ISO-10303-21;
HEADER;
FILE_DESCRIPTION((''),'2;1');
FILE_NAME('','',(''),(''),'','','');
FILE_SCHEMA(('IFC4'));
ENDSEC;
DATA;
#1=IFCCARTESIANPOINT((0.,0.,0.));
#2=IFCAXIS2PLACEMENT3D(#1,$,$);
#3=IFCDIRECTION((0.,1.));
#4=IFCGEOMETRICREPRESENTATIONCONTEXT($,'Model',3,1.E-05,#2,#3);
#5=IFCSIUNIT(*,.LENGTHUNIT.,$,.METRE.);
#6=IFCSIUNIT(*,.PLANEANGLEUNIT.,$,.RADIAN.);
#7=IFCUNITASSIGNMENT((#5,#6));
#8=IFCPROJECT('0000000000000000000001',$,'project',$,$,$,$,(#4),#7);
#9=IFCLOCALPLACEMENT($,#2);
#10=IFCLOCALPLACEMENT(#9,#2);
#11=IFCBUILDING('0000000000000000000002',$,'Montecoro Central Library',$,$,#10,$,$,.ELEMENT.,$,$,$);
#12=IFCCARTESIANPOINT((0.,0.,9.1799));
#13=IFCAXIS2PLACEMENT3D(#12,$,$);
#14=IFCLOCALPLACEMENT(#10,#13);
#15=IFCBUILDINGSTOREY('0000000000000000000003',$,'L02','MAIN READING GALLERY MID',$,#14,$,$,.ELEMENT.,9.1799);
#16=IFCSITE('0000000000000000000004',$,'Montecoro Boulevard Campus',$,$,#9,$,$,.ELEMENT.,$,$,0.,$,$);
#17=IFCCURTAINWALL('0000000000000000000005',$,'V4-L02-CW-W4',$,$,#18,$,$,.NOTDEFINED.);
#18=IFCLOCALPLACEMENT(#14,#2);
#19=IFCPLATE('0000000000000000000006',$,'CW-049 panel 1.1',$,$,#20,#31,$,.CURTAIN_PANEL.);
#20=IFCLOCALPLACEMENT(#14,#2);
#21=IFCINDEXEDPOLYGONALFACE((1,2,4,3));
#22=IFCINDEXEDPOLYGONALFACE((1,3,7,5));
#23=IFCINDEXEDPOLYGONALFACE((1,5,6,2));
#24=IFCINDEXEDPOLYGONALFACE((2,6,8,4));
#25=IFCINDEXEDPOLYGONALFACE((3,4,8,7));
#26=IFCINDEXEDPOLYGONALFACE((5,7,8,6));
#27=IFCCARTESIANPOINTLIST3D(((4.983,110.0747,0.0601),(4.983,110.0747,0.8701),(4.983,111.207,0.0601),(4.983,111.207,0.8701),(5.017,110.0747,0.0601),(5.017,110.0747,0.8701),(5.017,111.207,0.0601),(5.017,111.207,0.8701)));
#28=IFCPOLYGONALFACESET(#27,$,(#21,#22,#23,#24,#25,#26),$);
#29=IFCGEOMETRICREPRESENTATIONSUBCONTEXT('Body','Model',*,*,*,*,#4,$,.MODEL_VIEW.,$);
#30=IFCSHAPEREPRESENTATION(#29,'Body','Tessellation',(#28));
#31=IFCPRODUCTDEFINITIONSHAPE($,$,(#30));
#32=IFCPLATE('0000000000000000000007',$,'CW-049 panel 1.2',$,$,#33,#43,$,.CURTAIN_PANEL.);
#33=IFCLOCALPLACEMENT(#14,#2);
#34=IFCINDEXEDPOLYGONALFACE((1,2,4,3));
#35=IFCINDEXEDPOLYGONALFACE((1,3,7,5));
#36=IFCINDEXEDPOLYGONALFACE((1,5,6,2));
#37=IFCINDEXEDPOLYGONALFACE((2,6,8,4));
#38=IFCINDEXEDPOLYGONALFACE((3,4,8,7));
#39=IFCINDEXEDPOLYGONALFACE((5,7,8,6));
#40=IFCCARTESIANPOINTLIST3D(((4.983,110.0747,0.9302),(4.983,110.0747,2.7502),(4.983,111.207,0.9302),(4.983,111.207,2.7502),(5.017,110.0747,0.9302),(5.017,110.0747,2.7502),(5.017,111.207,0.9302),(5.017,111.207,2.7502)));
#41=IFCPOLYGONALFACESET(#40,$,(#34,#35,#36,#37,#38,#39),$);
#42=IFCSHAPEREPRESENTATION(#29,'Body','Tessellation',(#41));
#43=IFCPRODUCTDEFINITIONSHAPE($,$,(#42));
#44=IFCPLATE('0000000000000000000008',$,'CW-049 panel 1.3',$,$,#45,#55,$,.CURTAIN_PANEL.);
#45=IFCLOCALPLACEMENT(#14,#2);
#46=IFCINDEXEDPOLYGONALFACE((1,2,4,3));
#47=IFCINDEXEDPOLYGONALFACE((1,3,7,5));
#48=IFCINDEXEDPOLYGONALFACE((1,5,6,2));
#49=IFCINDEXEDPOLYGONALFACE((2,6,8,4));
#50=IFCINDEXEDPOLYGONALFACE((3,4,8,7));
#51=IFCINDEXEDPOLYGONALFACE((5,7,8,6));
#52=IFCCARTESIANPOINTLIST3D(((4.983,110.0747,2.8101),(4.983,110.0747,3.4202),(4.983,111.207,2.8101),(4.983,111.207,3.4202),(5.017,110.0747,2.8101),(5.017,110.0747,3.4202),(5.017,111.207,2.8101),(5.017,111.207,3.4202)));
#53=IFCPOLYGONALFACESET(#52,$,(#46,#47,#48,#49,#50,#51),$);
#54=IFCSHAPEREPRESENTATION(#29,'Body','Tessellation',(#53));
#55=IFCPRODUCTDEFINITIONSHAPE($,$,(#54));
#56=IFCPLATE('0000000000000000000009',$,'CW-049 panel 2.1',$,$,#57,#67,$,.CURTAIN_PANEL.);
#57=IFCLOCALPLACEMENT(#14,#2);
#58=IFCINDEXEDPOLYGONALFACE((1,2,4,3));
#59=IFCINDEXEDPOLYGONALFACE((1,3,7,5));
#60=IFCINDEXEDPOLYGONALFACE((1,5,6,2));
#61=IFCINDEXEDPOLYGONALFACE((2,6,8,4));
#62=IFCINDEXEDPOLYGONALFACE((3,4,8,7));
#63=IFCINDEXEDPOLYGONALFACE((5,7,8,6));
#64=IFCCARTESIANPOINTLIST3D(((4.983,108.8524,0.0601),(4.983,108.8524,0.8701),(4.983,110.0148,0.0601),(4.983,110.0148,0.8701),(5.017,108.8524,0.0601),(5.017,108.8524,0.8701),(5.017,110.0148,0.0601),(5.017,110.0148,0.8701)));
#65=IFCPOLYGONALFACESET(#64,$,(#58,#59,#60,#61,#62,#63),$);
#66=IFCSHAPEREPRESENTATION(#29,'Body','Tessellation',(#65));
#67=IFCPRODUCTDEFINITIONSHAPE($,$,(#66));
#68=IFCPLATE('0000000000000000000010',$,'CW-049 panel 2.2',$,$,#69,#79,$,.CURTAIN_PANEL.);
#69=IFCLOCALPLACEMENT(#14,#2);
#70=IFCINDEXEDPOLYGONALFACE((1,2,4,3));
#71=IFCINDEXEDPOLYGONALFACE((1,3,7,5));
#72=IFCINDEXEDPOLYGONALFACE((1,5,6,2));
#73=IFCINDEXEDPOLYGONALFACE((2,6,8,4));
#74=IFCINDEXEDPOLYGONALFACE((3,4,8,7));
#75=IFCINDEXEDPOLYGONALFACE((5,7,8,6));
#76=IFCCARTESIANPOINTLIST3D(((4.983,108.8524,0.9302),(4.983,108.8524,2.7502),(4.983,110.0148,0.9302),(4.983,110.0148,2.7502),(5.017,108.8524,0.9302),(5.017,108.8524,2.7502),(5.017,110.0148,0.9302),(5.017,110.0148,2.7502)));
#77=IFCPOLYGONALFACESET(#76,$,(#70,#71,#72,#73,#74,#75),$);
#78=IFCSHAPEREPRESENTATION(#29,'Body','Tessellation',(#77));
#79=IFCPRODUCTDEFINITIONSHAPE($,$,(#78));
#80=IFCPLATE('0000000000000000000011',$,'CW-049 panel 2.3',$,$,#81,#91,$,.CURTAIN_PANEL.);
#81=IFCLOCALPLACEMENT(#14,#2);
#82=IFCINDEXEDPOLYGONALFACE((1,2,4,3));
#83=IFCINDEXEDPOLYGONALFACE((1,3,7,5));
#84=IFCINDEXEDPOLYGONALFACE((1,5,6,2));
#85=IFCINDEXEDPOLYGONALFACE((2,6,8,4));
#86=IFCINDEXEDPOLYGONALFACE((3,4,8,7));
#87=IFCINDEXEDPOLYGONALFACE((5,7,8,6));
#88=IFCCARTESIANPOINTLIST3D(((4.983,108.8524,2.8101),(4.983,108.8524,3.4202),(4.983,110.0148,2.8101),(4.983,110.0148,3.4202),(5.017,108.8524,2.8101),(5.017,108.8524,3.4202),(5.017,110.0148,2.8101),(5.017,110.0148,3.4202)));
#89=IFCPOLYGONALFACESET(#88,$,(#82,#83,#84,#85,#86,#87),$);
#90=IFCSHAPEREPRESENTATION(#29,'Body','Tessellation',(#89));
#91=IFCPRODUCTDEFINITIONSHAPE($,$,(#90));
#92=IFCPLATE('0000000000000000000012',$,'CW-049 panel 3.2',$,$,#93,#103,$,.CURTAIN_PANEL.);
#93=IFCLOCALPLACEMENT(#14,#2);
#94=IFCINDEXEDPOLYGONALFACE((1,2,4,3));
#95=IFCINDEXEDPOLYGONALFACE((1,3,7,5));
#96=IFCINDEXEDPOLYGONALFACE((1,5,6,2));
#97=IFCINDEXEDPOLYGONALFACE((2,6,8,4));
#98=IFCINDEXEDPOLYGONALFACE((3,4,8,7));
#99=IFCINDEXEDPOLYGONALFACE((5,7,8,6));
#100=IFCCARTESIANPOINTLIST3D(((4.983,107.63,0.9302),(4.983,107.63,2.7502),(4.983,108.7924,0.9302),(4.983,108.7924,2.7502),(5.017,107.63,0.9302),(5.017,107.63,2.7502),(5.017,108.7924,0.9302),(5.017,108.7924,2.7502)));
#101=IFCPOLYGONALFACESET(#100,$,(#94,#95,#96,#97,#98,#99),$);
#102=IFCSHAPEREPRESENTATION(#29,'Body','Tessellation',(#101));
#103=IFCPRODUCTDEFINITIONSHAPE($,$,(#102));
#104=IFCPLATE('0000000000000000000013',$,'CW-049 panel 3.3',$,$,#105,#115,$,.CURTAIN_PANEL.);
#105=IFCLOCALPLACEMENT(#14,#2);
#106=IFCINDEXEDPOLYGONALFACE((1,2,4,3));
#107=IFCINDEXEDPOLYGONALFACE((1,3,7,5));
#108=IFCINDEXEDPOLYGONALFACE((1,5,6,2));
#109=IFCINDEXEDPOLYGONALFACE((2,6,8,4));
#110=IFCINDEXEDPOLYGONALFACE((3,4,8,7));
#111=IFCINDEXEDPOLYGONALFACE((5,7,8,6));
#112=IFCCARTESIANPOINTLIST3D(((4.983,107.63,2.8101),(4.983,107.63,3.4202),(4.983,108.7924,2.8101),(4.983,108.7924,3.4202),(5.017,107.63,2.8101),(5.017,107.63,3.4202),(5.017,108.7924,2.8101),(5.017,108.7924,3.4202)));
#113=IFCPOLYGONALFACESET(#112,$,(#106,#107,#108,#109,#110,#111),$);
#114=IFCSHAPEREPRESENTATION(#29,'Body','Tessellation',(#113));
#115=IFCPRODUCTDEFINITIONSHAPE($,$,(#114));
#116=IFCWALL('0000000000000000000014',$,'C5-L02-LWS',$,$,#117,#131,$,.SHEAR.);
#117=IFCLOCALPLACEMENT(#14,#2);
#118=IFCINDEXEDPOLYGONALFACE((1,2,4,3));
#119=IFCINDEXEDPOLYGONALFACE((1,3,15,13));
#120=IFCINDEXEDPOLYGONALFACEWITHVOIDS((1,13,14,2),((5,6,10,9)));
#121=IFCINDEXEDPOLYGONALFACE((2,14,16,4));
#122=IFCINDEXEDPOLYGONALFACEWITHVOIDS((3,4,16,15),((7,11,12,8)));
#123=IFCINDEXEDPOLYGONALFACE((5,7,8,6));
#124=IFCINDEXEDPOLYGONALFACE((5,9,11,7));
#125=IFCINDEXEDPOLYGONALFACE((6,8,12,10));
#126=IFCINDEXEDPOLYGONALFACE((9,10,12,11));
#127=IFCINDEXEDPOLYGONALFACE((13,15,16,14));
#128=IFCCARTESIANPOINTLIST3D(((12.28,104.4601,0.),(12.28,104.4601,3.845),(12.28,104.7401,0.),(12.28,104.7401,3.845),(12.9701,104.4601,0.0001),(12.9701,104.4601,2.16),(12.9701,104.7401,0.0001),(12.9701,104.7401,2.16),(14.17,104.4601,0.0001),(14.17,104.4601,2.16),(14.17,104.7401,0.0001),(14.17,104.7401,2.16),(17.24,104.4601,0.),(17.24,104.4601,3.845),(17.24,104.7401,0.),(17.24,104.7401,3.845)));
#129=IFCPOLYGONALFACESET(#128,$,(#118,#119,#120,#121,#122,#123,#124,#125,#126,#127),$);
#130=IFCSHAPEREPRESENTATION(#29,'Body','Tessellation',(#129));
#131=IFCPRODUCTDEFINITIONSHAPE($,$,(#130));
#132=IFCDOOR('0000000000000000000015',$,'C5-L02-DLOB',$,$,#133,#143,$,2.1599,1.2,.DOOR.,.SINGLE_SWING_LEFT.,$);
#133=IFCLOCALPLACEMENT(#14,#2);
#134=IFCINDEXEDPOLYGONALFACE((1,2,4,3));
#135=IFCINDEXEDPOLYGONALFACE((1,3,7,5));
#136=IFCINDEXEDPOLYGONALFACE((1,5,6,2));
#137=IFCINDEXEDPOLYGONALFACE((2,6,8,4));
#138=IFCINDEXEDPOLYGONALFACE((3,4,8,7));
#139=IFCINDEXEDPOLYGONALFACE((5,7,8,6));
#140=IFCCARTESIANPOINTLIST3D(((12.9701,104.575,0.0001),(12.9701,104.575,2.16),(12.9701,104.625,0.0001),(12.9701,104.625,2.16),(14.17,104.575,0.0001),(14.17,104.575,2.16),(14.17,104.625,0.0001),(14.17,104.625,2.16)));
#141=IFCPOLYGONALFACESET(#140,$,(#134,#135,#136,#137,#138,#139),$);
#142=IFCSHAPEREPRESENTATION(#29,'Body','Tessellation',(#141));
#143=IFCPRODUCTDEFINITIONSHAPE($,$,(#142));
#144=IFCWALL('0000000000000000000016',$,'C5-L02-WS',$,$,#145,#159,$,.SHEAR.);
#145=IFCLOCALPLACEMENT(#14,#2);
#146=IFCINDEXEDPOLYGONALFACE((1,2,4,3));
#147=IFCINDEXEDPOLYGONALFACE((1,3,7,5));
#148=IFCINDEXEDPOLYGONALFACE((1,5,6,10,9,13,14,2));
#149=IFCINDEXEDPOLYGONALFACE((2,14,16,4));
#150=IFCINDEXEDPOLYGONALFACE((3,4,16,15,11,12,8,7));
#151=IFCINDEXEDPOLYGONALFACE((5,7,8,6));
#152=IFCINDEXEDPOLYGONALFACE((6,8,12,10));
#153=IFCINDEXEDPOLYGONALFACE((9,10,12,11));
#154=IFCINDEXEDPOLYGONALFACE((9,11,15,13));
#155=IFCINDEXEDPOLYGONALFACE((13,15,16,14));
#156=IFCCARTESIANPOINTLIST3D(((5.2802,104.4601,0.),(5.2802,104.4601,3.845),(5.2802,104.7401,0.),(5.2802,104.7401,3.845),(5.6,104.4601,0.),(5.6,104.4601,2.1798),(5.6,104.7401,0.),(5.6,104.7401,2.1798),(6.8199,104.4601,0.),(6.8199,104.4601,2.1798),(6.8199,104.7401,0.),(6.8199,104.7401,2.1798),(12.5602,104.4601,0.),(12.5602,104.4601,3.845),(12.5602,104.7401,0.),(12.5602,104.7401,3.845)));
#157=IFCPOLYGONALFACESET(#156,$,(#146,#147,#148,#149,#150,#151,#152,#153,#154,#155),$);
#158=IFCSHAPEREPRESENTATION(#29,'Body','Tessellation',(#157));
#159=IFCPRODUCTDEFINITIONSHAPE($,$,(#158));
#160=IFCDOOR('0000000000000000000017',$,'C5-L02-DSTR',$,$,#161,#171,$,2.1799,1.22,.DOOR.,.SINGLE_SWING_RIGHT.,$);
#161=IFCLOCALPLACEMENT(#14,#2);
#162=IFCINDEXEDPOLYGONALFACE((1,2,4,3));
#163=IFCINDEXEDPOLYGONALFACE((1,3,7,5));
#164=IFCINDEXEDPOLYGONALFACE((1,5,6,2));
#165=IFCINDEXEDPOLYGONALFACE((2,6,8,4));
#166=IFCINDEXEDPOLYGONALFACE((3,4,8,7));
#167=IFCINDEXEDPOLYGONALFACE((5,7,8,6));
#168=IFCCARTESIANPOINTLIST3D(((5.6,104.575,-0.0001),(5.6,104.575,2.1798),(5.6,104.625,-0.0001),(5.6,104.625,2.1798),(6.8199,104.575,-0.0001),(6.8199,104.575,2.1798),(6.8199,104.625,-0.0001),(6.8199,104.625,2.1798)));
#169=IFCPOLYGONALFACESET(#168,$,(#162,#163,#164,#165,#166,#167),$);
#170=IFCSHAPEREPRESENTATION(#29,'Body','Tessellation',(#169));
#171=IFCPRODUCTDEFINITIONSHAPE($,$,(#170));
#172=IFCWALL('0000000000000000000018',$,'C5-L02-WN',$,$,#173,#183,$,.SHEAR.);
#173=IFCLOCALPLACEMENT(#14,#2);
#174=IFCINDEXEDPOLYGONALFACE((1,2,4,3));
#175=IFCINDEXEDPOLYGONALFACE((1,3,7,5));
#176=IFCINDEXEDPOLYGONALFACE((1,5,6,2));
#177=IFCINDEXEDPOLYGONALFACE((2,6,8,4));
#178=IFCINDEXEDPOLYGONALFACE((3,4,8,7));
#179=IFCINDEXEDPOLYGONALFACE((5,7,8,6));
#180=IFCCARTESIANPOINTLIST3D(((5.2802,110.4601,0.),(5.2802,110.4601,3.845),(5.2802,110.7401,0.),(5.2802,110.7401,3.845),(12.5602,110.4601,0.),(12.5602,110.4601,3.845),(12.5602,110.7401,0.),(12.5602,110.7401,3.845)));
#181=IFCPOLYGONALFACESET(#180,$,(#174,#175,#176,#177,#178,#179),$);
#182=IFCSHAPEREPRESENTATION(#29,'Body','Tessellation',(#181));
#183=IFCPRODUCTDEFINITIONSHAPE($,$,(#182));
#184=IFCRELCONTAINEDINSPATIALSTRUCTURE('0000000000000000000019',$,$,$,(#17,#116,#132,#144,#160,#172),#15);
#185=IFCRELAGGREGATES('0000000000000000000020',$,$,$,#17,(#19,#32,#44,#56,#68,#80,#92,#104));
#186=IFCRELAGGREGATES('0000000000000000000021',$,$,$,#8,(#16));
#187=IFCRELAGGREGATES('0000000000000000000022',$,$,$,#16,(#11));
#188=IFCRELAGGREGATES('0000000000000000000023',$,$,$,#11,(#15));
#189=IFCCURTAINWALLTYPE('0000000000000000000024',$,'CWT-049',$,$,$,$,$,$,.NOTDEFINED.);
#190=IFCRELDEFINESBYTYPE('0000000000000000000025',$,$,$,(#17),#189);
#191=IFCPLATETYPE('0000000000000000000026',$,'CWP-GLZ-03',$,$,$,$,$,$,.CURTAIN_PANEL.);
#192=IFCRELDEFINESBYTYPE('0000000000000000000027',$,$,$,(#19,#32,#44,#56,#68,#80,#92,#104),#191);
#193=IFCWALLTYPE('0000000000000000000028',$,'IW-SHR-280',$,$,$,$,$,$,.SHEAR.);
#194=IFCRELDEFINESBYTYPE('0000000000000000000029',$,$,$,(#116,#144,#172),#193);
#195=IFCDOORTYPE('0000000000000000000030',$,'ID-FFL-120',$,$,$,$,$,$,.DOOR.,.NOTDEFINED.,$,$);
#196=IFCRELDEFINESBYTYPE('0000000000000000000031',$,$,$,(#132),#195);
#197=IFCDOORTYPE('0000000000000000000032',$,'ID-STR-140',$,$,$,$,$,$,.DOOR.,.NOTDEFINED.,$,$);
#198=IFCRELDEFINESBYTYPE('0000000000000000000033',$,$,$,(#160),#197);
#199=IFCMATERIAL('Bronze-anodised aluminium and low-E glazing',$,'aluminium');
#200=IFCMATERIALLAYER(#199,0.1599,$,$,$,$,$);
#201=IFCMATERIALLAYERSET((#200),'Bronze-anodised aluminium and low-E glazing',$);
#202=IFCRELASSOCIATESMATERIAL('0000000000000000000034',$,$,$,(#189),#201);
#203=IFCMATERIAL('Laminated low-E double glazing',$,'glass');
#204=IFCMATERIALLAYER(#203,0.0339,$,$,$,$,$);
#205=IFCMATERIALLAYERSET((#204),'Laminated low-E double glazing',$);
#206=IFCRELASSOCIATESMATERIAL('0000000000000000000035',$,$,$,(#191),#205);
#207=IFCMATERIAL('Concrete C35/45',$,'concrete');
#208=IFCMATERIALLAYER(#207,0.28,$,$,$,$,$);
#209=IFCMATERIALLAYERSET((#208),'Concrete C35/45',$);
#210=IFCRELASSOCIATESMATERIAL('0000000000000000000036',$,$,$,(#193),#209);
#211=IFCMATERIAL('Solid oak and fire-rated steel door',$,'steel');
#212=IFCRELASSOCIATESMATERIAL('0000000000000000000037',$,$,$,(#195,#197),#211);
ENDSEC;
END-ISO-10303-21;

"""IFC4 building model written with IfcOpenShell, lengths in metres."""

from ifc_helpers import new_model, si_unit, direction, frame, frame_2d, origin, origin_2d, place, context, subcontext, project, spatial, rectangle, extrude, material, layer, layer_set, type_object, element, fill, aggregate, save


model = new_model("IFC4")

# Units and contexts
model_context = context("Model", 3, precision=1e-05, world=origin(), true_north=direction((0.0, 1.0)))
body_context = subcontext(model_context, "Body", "Model", "MODEL_VIEW")
ifc_project = project(units=[si_unit("LENGTHUNIT", "METRE"), si_unit("PLANEANGLEUNIT", "RADIAN")], contexts=[model_context])

# Site, building, storey
site_placement = place(None, origin())
site = spatial("IfcSite", under=ifc_project, at=site_placement, Name="Montecoro Boulevard Campus", CompositionType="ELEMENT", RefElevation=0.0)
building_placement = place(site_placement, origin())
building = spatial("IfcBuilding", under=site, at=building_placement, Name="Montecoro Central Library", CompositionType="ELEMENT")
storey_placement = place(building_placement, frame((0.0, 0.0, 9.1799)))
storey = spatial("IfcBuildingStorey", under=building, at=storey_placement, Name="L02", Description="MAIN READING GALLERY MID", CompositionType="ELEMENT", Elevation=9.1799)

# Shared definitions
ifc_material_1 = material(Name="Concrete C35/45", Category="concrete")

# Curtain wall, plates
ifc_material_2 = material(Name="Bronze-anodised aluminium and low-E glazing", Category="aluminium")
ifc_layer_1 = layer(ifc_material_2, 0.1599)
ifc_layer_set_1 = layer_set([ifc_layer_1], Name="Bronze-anodised aluminium and low-E glazing")
curtain_wall_type = type_object("IfcCurtainWallType", Name="CWT-049", PredefinedType="NOTDEFINED", material=ifc_layer_set_1)
curtain_wall_placement = place(storey_placement, origin())
curtain_wall = element("IfcCurtainWall", 1, at=curtain_wall_placement, inside=storey, type_object=curtain_wall_type, Name="V4-L02-CW-W4", PredefinedType="NOTDEFINED")
ifc_material_3 = material(Name="Laminated low-E double glazing", Category="glass")
ifc_layer_2 = layer(ifc_material_3, 0.0339)
ifc_layer_set_2 = layer_set([ifc_layer_2], Name="Laminated low-E double glazing")
plate_type = type_object("IfcPlateType", Name="CWP-GLZ-03", PredefinedType="CURTAIN_PANEL", material=ifc_layer_set_2)
plate_1_placement = place(storey_placement, frame((5.0, 110.6409, 0.0601), z_axis=(0.0, 0.0, 1.0), x_axis=(0.0, -1.0, 0.0)))
plate_1 = element("IfcPlate", 2, at=plate_1_placement, type_object=plate_type, Name="CW-049 panel 1.1", PredefinedType="CURTAIN_PANEL", context=body_context, shape_type="SweptSolid", body=[
    extrude(rectangle(XDim=1.1323, YDim=0.0339, at=origin_2d()), origin(), (0.0, 0.0, 1.0), 0.8101),
])
plate_2_placement = place(storey_placement, frame((5.0, 110.6409, 0.9302), z_axis=(0.0, 0.0, 1.0), x_axis=(0.0, -1.0, 0.0)))
plate_2 = element("IfcPlate", 3, at=plate_2_placement, type_object=plate_type, Name="CW-049 panel 1.2", PredefinedType="CURTAIN_PANEL", context=body_context, shape_type="SweptSolid", body=[
    extrude(rectangle(XDim=1.1323, YDim=0.0339, at=origin_2d()), origin(), (0.0, 0.0, 1.0), 1.8201),
])
plate_3_placement = place(storey_placement, frame((5.0, 110.6409, 2.8101), z_axis=(0.0, 0.0, 1.0), x_axis=(0.0, -1.0, 0.0)))
plate_3 = element("IfcPlate", 4, at=plate_3_placement, type_object=plate_type, Name="CW-049 panel 1.3", PredefinedType="CURTAIN_PANEL", context=body_context, shape_type="SweptSolid", body=[
    extrude(rectangle(XDim=1.1323, YDim=0.0339, at=origin_2d()), origin(), (0.0, 0.0, 1.0), 0.6101),
])
plate_4_placement = place(storey_placement, frame((5.0, 109.4336, 0.0601), z_axis=(0.0, 0.0, 1.0), x_axis=(0.0, -1.0, 0.0)))
plate_4 = element("IfcPlate", 5, at=plate_4_placement, type_object=plate_type, Name="CW-049 panel 2.1", PredefinedType="CURTAIN_PANEL", context=body_context, shape_type="SweptSolid", body=[
    extrude(rectangle(XDim=1.1624, YDim=0.0339, at=origin_2d()), origin(), (0.0, 0.0, 1.0), 0.8101),
])
plate_5_placement = place(storey_placement, frame((5.0, 109.4336, 0.9302), z_axis=(0.0, 0.0, 1.0), x_axis=(0.0, -1.0, 0.0)))
plate_5 = element("IfcPlate", 6, at=plate_5_placement, type_object=plate_type, Name="CW-049 panel 2.2", PredefinedType="CURTAIN_PANEL", context=body_context, shape_type="SweptSolid", body=[
    extrude(rectangle(XDim=1.1624, YDim=0.0339, at=origin_2d()), origin(), (0.0, 0.0, 1.0), 1.8201),
])
plate_6_placement = place(storey_placement, frame((5.0, 109.4336, 2.8101), z_axis=(0.0, 0.0, 1.0), x_axis=(0.0, -1.0, 0.0)))
plate_6 = element("IfcPlate", 7, at=plate_6_placement, type_object=plate_type, Name="CW-049 panel 2.3", PredefinedType="CURTAIN_PANEL", context=body_context, shape_type="SweptSolid", body=[
    extrude(rectangle(XDim=1.1624, YDim=0.0339, at=origin_2d()), origin(), (0.0, 0.0, 1.0), 0.6101),
])
plate_7_placement = place(storey_placement, frame((5.0, 108.2112, 0.9302), z_axis=(0.0, 0.0, 1.0), x_axis=(0.0, -1.0, 0.0)))
plate_7 = element("IfcPlate", 8, at=plate_7_placement, type_object=plate_type, Name="CW-049 panel 3.2", PredefinedType="CURTAIN_PANEL", context=body_context, shape_type="SweptSolid", body=[
    extrude(rectangle(XDim=1.1624, YDim=0.0339, at=origin_2d()), origin(), (0.0, 0.0, 1.0), 1.8201),
])
plate_8_placement = place(storey_placement, frame((5.0, 108.2112, 2.8101), z_axis=(0.0, 0.0, 1.0), x_axis=(0.0, -1.0, 0.0)))
plate_8 = element("IfcPlate", 9, at=plate_8_placement, type_object=plate_type, Name="CW-049 panel 3.3", PredefinedType="CURTAIN_PANEL", context=body_context, shape_type="SweptSolid", body=[
    extrude(rectangle(XDim=1.1624, YDim=0.0339, at=origin_2d()), origin(), (0.0, 0.0, 1.0), 0.6101),
])
aggregate(curtain_wall, [plate_1, plate_2, plate_3, plate_4, plate_5, plate_6, plate_7, plate_8])

# Walls, openings, doors
ifc_layer_3 = layer(ifc_material_1, 0.28)
ifc_layer_set_3 = layer_set([ifc_layer_3], Name="Concrete C35/45")
wall_type = type_object("IfcWallType", Name="IW-SHR-280", PredefinedType="SHEAR", material=ifc_layer_set_3)
wall_1_placement = place(storey_placement, frame((12.28, 104.6001, 0.0), z_axis=(0.0, 0.0, 1.0), x_axis=(1.0, 0.0, 0.0)))
wall_1 = element("IfcWall", 10, at=wall_1_placement, inside=storey, type_object=wall_type, Name="C5-L02-LWS", PredefinedType="SHEAR", context=body_context, shape_type="SweptSolid", body=[
    extrude(rectangle(XDim=4.96, YDim=0.28, at=frame_2d((2.48, 0.0))), origin(), (0.0, 0.0, 1.0), 3.845),
])
opening_1_placement = place(wall_1_placement, frame((0.6899, 0.0, 0.0)))
opening_1 = element("IfcOpeningElement", 11, at=opening_1_placement, cuts=wall_1, PredefinedType="OPENING", context=body_context, shape_type="SweptSolid", body=[
    extrude(rectangle(XDim=1.2, YDim=2.1599, at=frame_2d((0.6001, 1.0801))), frame((0.0, 0.1499, 0.0), z_axis=(0.0, -1.0, 0.0), x_axis=(1.0, 0.0, 0.0)), (0.0, 0.0, 1.0), 0.3),
])
ifc_material_4 = material(Name="Solid oak and fire-rated steel door", Category="steel")
door_type_1 = type_object("IfcDoorType", Name="ID-FFL-120", OperationType="NOTDEFINED", PredefinedType="DOOR", material=ifc_material_4)
door_1_placement = place(opening_1_placement, origin())
door_1 = element("IfcDoor", 12, at=door_1_placement, inside=storey, type_object=door_type_1, Name="C5-L02-DLOB", OperationType="SINGLE_SWING_LEFT", OverallHeight=2.1599, OverallWidth=1.2, PredefinedType="DOOR", context=body_context, shape_type="SweptSolid", body=[
    extrude(rectangle(XDim=1.2, YDim=2.1599, at=frame_2d((0.6001, 1.0801))), frame((0.0, 0.0249, 0.0), z_axis=(0.0, -1.0, 0.0), x_axis=(1.0, 0.0, 0.0)), (0.0, 0.0, 1.0), 0.05),
])
fill(opening_1, door_1)
wall_2_placement = place(storey_placement, frame((5.28, 104.6001, 0.0), z_axis=(0.0, 0.0, 1.0), x_axis=(1.0, 0.0, 0.0)))
wall_2 = element("IfcWall", 13, at=wall_2_placement, inside=storey, type_object=wall_type, Name="C5-L02-WS", PredefinedType="SHEAR", context=body_context, shape_type="SweptSolid", body=[
    extrude(rectangle(XDim=7.28, YDim=0.28, at=frame_2d((3.6401, 0.0))), origin(), (0.0, 0.0, 1.0), 3.845),
])
opening_2_placement = place(wall_2_placement, frame((0.3201, 0.0, 0.0)))
opening_2 = element("IfcOpeningElement", 14, at=opening_2_placement, cuts=wall_2, PredefinedType="OPENING", context=body_context, shape_type="SweptSolid", body=[
    extrude(rectangle(XDim=1.22, YDim=2.1799, at=frame_2d((0.6099, 1.0898))), frame((0.0, 0.1499, 0.0), z_axis=(0.0, -1.0, 0.0), x_axis=(1.0, 0.0, 0.0)), (0.0, 0.0, 1.0), 0.3),
])
door_type_2 = type_object("IfcDoorType", Name="ID-STR-140", OperationType="NOTDEFINED", PredefinedType="DOOR", material=ifc_material_4)
door_2_placement = place(opening_2_placement, origin())
door_2 = element("IfcDoor", 15, at=door_2_placement, inside=storey, type_object=door_type_2, Name="C5-L02-DSTR", OperationType="SINGLE_SWING_RIGHT", OverallHeight=2.1799, OverallWidth=1.22, PredefinedType="DOOR", context=body_context, shape_type="SweptSolid", body=[
    extrude(rectangle(XDim=1.22, YDim=2.1799, at=frame_2d((0.6099, 1.0898))), frame((0.0, 0.0249, 0.0), z_axis=(0.0, -1.0, 0.0), x_axis=(1.0, 0.0, 0.0)), (0.0, 0.0, 1.0), 0.05),
])
fill(opening_2, door_2)

# Wall
wall_3_placement = place(storey_placement, frame((5.28, 110.6001, 0.0), z_axis=(0.0, 0.0, 1.0), x_axis=(1.0, 0.0, 0.0)))
element("IfcWall", 16, at=wall_3_placement, inside=storey, type_object=wall_type, Name="C5-L02-WN", PredefinedType="SHEAR", context=body_context, shape_type="SweptSolid", body=[
    extrude(rectangle(XDim=7.28, YDim=0.28, at=frame_2d((3.6401, 0.0))), origin(), (0.0, 0.0, 1.0), 3.845),
])

save(model, "model.ifc")
